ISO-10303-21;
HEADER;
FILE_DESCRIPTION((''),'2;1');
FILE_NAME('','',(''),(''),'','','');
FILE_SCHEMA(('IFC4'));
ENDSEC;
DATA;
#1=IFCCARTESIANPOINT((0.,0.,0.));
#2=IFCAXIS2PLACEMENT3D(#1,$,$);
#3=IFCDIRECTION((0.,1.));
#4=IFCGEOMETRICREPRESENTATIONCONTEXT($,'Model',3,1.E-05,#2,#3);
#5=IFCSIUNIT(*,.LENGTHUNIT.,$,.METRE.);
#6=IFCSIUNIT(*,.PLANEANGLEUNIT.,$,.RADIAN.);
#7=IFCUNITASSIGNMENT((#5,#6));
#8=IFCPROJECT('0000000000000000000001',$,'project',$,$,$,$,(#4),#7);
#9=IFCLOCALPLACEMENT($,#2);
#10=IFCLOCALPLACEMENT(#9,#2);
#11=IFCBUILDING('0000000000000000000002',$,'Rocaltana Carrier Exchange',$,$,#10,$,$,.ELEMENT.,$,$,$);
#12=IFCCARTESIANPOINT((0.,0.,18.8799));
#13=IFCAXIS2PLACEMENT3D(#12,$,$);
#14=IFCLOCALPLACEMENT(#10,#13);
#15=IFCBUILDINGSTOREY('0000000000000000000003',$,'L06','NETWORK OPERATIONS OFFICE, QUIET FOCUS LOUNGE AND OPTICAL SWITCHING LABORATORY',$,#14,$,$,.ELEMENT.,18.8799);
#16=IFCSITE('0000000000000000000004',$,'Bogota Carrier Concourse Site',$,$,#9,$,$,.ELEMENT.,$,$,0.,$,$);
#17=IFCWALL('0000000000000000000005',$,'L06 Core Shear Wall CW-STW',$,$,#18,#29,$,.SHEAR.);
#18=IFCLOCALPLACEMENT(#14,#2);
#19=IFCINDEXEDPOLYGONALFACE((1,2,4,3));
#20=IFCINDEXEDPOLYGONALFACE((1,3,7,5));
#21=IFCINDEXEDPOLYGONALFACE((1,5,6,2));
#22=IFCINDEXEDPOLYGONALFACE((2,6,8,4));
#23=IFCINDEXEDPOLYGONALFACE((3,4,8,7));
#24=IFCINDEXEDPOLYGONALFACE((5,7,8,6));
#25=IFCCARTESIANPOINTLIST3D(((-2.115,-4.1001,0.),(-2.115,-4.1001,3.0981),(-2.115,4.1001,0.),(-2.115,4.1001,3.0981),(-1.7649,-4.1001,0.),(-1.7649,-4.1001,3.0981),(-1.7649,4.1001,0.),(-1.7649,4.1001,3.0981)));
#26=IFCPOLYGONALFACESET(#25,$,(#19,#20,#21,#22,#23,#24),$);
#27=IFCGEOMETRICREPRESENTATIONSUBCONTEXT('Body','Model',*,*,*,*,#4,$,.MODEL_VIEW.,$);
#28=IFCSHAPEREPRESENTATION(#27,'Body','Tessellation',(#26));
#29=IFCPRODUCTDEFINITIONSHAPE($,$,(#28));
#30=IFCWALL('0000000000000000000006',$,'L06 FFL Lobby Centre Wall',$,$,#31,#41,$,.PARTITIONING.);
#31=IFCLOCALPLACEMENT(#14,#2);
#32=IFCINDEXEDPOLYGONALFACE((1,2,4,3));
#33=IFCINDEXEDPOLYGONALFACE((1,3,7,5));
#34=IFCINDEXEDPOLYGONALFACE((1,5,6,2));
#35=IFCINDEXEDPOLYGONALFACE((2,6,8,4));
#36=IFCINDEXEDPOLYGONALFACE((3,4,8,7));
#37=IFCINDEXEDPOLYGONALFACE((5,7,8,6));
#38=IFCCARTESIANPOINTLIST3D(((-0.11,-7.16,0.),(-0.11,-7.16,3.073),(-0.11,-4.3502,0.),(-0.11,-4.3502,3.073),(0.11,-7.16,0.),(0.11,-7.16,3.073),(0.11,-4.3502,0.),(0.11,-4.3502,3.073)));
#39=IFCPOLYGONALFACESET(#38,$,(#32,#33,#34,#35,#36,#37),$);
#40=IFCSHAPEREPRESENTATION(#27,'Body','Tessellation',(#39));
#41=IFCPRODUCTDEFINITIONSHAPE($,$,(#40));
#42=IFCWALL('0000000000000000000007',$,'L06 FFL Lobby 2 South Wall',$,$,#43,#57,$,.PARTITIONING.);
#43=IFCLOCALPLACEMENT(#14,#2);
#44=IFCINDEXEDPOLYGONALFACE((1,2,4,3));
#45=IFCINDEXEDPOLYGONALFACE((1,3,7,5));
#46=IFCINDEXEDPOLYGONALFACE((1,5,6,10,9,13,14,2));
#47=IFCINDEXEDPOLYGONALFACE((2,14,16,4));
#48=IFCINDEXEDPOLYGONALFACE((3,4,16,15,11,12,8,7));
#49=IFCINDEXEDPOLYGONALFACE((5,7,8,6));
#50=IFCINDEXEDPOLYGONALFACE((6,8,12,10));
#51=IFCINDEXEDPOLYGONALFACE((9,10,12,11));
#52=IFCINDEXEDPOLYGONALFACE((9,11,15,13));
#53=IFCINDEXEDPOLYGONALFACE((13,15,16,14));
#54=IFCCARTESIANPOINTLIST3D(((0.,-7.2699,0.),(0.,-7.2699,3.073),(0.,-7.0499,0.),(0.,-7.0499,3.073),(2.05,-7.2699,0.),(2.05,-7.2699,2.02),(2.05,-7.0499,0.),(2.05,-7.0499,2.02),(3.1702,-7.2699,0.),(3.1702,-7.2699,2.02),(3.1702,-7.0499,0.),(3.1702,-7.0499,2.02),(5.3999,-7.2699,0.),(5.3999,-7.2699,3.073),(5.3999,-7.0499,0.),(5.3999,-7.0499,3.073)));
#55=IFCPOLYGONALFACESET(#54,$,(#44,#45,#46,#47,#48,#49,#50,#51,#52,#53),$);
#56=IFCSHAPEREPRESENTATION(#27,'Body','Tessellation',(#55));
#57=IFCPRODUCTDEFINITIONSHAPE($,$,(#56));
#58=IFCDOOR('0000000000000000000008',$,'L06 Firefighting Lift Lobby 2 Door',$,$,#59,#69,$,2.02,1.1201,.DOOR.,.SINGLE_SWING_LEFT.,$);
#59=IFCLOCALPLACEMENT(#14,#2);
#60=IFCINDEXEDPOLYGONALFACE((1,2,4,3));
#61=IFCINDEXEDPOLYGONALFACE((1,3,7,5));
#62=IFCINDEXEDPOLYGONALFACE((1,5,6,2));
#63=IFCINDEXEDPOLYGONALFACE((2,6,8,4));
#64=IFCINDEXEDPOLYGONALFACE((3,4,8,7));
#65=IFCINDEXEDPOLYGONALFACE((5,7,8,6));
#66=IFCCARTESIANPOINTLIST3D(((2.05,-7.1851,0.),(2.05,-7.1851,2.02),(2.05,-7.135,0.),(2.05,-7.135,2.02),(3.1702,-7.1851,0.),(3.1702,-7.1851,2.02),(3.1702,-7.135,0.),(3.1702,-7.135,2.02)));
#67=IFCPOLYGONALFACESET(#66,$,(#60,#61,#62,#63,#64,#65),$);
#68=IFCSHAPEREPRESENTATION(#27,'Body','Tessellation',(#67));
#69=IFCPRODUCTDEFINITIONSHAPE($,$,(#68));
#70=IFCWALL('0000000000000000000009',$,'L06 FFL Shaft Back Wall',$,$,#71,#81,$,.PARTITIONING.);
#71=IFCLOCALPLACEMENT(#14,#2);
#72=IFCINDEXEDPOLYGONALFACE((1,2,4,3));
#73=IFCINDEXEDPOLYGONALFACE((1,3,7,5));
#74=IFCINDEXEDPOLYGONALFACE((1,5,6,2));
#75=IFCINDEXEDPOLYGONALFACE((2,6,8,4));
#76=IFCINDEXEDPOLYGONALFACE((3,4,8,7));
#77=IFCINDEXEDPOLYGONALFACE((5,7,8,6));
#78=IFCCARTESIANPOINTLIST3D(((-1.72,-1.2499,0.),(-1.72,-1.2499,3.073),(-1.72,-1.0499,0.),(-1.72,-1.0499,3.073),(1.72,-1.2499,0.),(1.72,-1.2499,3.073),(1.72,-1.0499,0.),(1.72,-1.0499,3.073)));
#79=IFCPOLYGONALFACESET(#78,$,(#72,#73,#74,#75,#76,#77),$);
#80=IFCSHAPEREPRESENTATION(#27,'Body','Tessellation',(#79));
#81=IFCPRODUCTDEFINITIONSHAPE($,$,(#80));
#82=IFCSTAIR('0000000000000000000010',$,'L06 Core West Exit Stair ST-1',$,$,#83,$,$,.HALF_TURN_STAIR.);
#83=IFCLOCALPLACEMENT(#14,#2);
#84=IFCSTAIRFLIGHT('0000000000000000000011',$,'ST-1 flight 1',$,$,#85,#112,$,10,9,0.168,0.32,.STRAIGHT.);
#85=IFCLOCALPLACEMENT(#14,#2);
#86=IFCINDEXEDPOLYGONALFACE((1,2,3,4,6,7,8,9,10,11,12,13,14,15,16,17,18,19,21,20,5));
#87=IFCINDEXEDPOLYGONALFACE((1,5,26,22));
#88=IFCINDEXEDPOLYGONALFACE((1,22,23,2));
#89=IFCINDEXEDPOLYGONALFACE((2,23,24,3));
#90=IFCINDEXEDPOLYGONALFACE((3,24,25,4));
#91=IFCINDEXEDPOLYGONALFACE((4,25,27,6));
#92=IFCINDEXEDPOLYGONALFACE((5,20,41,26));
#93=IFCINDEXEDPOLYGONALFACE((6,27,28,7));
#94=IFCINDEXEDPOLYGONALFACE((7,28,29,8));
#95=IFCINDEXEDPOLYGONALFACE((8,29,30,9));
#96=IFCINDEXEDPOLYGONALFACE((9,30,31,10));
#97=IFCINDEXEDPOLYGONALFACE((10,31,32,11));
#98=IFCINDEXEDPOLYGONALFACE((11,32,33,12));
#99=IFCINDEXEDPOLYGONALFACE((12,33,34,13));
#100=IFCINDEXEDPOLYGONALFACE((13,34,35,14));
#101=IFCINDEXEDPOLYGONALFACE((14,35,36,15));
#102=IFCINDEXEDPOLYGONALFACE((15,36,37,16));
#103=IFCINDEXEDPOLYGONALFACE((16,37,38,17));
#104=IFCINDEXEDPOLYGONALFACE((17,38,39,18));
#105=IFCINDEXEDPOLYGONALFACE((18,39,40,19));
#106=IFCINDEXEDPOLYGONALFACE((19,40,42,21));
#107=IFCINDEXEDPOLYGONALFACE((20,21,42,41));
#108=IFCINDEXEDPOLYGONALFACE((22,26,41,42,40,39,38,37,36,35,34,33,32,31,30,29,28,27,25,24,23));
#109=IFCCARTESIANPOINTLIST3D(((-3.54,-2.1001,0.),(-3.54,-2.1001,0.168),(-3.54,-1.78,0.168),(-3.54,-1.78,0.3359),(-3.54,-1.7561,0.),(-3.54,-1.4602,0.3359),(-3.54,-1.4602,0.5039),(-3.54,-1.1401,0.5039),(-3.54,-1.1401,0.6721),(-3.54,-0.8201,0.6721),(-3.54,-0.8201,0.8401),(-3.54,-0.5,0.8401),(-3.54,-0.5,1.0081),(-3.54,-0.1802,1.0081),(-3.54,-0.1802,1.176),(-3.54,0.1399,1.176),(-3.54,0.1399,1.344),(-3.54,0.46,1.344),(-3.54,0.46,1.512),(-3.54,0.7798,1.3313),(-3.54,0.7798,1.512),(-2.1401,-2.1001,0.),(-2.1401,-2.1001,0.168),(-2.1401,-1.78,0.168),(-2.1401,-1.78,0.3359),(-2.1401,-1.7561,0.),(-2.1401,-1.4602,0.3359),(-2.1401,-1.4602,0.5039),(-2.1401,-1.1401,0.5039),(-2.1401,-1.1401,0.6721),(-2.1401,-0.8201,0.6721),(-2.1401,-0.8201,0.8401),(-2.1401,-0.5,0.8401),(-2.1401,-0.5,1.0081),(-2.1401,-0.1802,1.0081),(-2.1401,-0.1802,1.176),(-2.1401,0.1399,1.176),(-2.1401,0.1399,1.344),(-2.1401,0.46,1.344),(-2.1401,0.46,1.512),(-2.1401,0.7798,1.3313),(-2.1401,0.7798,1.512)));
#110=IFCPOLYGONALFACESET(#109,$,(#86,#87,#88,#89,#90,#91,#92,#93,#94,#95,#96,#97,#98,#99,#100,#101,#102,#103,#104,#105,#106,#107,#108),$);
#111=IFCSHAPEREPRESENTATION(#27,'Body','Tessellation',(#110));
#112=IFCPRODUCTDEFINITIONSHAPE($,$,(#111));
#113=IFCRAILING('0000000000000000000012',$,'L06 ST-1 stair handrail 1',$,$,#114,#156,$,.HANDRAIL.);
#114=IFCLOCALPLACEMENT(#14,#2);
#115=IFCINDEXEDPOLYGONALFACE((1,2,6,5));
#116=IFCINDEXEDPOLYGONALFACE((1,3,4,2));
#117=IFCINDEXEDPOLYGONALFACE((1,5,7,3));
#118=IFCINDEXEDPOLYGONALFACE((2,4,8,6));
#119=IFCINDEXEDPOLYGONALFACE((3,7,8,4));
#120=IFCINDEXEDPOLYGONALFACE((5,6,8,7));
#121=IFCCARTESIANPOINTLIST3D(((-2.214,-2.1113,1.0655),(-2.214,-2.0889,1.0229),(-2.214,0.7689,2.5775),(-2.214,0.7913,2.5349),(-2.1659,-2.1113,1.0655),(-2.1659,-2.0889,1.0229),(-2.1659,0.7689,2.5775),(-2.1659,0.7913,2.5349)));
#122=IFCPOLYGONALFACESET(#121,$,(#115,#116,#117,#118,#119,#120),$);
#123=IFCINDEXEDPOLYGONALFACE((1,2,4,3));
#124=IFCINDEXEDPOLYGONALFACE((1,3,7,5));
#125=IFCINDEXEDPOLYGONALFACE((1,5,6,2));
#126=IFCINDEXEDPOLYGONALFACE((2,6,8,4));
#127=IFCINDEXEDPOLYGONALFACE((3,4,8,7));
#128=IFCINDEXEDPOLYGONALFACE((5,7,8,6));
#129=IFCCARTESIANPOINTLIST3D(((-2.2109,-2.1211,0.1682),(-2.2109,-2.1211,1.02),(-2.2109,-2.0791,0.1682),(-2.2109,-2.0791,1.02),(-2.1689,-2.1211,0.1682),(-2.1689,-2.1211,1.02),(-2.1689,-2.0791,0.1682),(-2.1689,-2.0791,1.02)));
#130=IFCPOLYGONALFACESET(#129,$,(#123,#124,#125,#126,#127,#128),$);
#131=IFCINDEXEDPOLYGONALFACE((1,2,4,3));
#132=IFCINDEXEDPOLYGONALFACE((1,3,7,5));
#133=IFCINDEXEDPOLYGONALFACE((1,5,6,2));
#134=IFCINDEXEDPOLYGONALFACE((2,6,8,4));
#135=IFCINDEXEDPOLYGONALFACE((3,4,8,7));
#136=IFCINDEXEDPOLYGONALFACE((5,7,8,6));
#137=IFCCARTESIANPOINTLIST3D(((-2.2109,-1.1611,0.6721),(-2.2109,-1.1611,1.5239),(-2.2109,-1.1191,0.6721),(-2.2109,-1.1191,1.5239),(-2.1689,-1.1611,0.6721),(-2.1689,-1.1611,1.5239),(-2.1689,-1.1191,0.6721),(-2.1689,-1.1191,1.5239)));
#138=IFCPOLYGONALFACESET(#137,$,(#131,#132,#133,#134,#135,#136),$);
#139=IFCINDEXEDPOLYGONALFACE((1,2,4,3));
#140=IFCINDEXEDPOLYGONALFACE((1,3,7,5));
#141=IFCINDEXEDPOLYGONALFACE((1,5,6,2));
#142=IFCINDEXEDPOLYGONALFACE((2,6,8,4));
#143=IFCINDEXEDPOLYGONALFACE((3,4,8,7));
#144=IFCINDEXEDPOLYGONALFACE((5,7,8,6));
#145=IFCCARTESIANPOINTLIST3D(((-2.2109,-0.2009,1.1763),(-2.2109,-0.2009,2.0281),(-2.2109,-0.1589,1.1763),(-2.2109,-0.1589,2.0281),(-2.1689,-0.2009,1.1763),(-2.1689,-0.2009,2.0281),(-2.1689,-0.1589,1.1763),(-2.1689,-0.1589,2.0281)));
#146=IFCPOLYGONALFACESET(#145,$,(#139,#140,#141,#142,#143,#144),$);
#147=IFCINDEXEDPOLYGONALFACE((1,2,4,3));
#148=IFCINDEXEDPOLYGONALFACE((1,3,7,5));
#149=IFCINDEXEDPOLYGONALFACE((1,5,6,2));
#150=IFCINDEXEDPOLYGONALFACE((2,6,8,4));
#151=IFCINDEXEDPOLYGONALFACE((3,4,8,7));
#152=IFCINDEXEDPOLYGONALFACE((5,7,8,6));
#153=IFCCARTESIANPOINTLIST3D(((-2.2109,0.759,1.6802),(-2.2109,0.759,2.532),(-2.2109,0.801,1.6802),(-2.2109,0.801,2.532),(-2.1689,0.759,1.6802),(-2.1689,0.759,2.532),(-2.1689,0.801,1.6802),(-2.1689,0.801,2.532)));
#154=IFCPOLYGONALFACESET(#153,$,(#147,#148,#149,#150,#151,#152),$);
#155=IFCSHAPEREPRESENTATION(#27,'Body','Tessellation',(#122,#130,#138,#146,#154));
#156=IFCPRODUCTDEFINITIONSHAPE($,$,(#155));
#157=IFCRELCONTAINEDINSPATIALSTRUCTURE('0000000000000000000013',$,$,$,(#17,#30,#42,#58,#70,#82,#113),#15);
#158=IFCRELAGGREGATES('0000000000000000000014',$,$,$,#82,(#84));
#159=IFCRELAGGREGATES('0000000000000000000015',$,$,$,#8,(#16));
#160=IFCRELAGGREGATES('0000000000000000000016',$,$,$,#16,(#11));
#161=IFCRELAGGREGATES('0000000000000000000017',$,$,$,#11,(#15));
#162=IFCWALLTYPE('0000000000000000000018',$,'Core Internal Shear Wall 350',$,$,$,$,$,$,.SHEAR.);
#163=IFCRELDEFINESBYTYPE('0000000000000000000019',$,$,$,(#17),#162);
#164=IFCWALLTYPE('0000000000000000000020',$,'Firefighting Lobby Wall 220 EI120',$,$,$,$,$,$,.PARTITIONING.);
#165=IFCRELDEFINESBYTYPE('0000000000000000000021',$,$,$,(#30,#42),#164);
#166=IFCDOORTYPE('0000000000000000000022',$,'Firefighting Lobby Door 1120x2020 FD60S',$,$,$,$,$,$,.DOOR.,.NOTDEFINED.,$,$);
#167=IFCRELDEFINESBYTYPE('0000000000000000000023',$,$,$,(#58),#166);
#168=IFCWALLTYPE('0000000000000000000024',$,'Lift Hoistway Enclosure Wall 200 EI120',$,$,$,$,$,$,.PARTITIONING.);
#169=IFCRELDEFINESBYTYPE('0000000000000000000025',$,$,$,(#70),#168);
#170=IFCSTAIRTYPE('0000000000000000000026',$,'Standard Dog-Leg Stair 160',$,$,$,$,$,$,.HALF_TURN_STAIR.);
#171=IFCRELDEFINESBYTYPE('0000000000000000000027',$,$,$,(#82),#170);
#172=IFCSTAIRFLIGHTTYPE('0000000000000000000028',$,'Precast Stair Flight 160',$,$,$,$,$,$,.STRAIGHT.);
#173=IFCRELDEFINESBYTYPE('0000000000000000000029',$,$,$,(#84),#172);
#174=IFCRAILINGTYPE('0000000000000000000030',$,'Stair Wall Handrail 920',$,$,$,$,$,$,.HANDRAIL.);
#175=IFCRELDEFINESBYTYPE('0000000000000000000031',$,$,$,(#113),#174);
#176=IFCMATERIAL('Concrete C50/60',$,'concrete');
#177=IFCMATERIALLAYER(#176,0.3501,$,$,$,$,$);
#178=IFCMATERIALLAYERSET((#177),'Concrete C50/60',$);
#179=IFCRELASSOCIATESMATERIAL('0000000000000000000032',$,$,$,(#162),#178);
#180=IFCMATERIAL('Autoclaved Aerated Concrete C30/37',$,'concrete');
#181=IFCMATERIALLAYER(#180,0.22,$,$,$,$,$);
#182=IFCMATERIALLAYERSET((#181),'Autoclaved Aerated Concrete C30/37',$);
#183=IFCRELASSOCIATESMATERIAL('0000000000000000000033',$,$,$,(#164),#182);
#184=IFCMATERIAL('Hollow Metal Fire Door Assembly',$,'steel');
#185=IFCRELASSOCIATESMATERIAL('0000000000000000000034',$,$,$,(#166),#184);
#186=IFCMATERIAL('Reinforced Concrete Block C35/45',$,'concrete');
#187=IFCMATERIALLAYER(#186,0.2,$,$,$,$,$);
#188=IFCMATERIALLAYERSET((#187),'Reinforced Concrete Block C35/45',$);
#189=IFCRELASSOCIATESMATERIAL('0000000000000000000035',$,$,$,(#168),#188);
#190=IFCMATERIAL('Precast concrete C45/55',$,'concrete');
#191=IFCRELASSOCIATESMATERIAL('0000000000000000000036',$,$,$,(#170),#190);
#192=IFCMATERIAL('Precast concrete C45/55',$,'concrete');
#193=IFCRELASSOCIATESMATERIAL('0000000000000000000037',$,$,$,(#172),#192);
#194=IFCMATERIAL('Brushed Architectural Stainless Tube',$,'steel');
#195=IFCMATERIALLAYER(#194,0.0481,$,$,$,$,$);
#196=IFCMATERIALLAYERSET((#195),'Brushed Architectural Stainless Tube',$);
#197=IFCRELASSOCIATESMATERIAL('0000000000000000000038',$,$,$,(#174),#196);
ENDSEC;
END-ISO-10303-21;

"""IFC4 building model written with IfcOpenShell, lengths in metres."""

from ifc_helpers import new_model, si_unit, direction, frame, frame_2d, origin, origin_2d, place, context, subcontext, project, spatial, polyline, rectangle, outline, extrude, material, layer, layer_set, type_object, element, fill, aggregate, save


model = new_model("IFC4")

# Units and contexts
model_context = context("Model", 3, precision=1e-05, world=origin(), true_north=direction((0.0, 1.0)))
body_context = subcontext(model_context, "Body", "Model", "MODEL_VIEW")
ifc_project = project(units=[si_unit("LENGTHUNIT", "METRE"), si_unit("PLANEANGLEUNIT", "RADIAN")], contexts=[model_context])

# Site, building, storey
site_placement = place(None, origin())
site = spatial("IfcSite", under=ifc_project, at=site_placement, Name="Bogota Carrier Concourse Site", CompositionType="ELEMENT", RefElevation=0.0)
building_placement = place(site_placement, origin())
building = spatial("IfcBuilding", under=site, at=building_placement, Name="Rocaltana Carrier Exchange", CompositionType="ELEMENT")
storey_placement = place(building_placement, frame((0.0, 0.0, 18.8799)))
storey = spatial("IfcBuildingStorey", under=building, at=storey_placement, Name="L06", Description="NETWORK OPERATIONS OFFICE, QUIET FOCUS LOUNGE AND OPTICAL SWITCHING LABORATORY", CompositionType="ELEMENT", Elevation=18.8799)

# Walls
ifc_material_1 = material(Name="Concrete C50/60", Category="concrete")
ifc_layer_1 = layer(ifc_material_1, 0.3501)
ifc_layer_set_1 = layer_set([ifc_layer_1], Name="Concrete C50/60")
wall_type_1 = type_object("IfcWallType", Name="Core Internal Shear Wall 350", PredefinedType="SHEAR", material=ifc_layer_set_1)
wall_1_placement = place(storey_placement, frame((-1.9399, -4.1001, 0.0), z_axis=(0.0, 0.0, 1.0), x_axis=(0.0, 1.0, 0.0)))
element("IfcWall", 1, at=wall_1_placement, inside=storey, type_object=wall_type_1, Name="L06 Core Shear Wall CW-STW", PredefinedType="SHEAR", context=body_context, shape_type="SweptSolid", body=[
    extrude(rectangle(XDim=8.2002, YDim=0.3501, at=frame_2d((4.1001, 0.0))), origin(), (0.0, 0.0, 1.0), 3.0981),
])
ifc_material_2 = material(Name="Autoclaved Aerated Concrete C30/37", Category="concrete")
ifc_layer_2 = layer(ifc_material_2, 0.22)
ifc_layer_set_2 = layer_set([ifc_layer_2], Name="Autoclaved Aerated Concrete C30/37")
wall_type_2 = type_object("IfcWallType", Name="Firefighting Lobby Wall 220 EI120", PredefinedType="PARTITIONING", material=ifc_layer_set_2)
wall_2_placement = place(storey_placement, frame((0.0, -7.1599, 0.0), z_axis=(0.0, 0.0, 1.0), x_axis=(0.0, 1.0, 0.0)))
element("IfcWall", 2, at=wall_2_placement, inside=storey, type_object=wall_type_2, Name="L06 FFL Lobby Centre Wall", PredefinedType="PARTITIONING", context=body_context, shape_type="SweptSolid", body=[
    extrude(rectangle(XDim=2.8098, YDim=0.22, at=frame_2d((1.4048, 0.0))), origin(), (0.0, 0.0, 1.0), 3.073),
])

# Wall, opening, door
wall_3_placement = place(storey_placement, frame((0.0, -7.1599, 0.0), z_axis=(0.0, 0.0, 1.0), x_axis=(1.0, 0.0, 0.0)))
wall_3 = element("IfcWall", 3, at=wall_3_placement, inside=storey, type_object=wall_type_2, Name="L06 FFL Lobby 2 South Wall", PredefinedType="PARTITIONING", context=body_context, shape_type="SweptSolid", body=[
    extrude(rectangle(XDim=5.3999, YDim=0.22, at=frame_2d((2.7, 0.0))), origin(), (0.0, 0.0, 1.0), 3.073),
])
opening_placement = place(wall_3_placement, frame((2.05, 0.0, 0.0)))
opening = element("IfcOpeningElement", 4, at=opening_placement, cuts=wall_3, PredefinedType="OPENING", context=body_context, shape_type="SweptSolid", body=[
    extrude(rectangle(XDim=1.1201, YDim=2.02, at=frame_2d((0.5601, 1.01))), frame((0.0, 0.1199, 0.0), z_axis=(0.0, -1.0, 0.0), x_axis=(1.0, 0.0, 0.0)), (0.0, 0.0, 1.0), 0.24),
])
ifc_material_3 = material(Name="Hollow Metal Fire Door Assembly", Category="steel")
door_type = type_object("IfcDoorType", Name="Firefighting Lobby Door 1120x2020 FD60S", OperationType="NOTDEFINED", PredefinedType="DOOR", material=ifc_material_3)
door_placement = place(opening_placement, origin())
door = element("IfcDoor", 5, at=door_placement, inside=storey, type_object=door_type, Name="L06 Firefighting Lift Lobby 2 Door", OperationType="SINGLE_SWING_LEFT", OverallHeight=2.02, OverallWidth=1.1201, PredefinedType="DOOR", context=body_context, shape_type="SweptSolid", body=[
    extrude(rectangle(XDim=1.1201, YDim=2.02, at=frame_2d((0.5601, 1.01))), frame((0.0, 0.0249, 0.0), z_axis=(0.0, -1.0, 0.0), x_axis=(1.0, 0.0, 0.0)), (0.0, 0.0, 1.0), 0.05),
])
fill(opening, door)

# Wall
ifc_material_4 = material(Name="Reinforced Concrete Block C35/45", Category="concrete")
ifc_layer_3 = layer(ifc_material_4, 0.2)
ifc_layer_set_3 = layer_set([ifc_layer_3], Name="Reinforced Concrete Block C35/45")
wall_type_3 = type_object("IfcWallType", Name="Lift Hoistway Enclosure Wall 200 EI120", PredefinedType="PARTITIONING", material=ifc_layer_set_3)
wall_4_placement = place(storey_placement, frame((-1.72, -1.1499, 0.0), z_axis=(0.0, 0.0, 1.0), x_axis=(1.0, 0.0, 0.0)))
element("IfcWall", 6, at=wall_4_placement, inside=storey, type_object=wall_type_3, Name="L06 FFL Shaft Back Wall", PredefinedType="PARTITIONING", context=body_context, shape_type="SweptSolid", body=[
    extrude(rectangle(XDim=3.4399, YDim=0.2, at=frame_2d((1.72, 0.0))), origin(), (0.0, 0.0, 1.0), 3.073),
])

# Stair, stair flight
ifc_material_5 = material(Name="Precast concrete C45/55", Category="concrete")
stair_type = type_object("IfcStairType", Name="Standard Dog-Leg Stair 160", PredefinedType="HALF_TURN_STAIR", material=ifc_material_5)
stair_placement = place(storey_placement, origin())
stair = element("IfcStair", 7, at=stair_placement, inside=storey, type_object=stair_type, Name="L06 Core West Exit Stair ST-1", PredefinedType="HALF_TURN_STAIR")
ifc_material_6 = material(Name="Precast concrete C45/55", Category="concrete")
stair_flight_type = type_object("IfcStairFlightType", Name="Precast Stair Flight 160", PredefinedType="STRAIGHT", material=ifc_material_6)
stair_flight_placement = place(storey_placement, frame((-2.8401, -2.1001, 0.0), z_axis=(0.0, 0.0, 1.0), x_axis=(0.0, 1.0, 0.0)))
stair_flight = element("IfcStairFlight", 8, at=stair_flight_placement, type_object=stair_flight_type, Name="ST-1 flight 1", NumberOfRisers=10, NumberOfTreads=9, PredefinedType="STRAIGHT", RiserHeight=0.168, TreadLength=0.32, context=body_context, shape_type="SweptSolid", body=[
    extrude(outline(polyline([(0.0, 0.0), (0.0, 0.168), (0.3201, 0.168), (0.3201, 0.3359), (0.6399, 0.3359), (0.6399, 0.5039), (0.96, 0.5039), (0.96, 0.6721), (1.28, 0.6721), (1.28, 0.8401), (1.6001, 0.8401), (1.6001, 1.0081), (1.9199, 1.0081), (1.9199, 1.176), (2.24, 1.176), (2.24, 1.344), (2.5601, 1.344), (2.5601, 1.512), (2.8799, 1.512), (2.8799, 1.6799), (2.8799, 1.3313), (0.344, 0.0), (0.0, 0.0)])), frame((0.0, 0.7, 0.0), z_axis=(0.0, -1.0, 0.0), x_axis=(1.0, 0.0, 0.0)), (0.0, 0.0, 1.0), 1.3999),
])
aggregate(stair, [stair_flight])

# Railing
ifc_material_7 = material(Name="Brushed Architectural Stainless Tube", Category="steel")
ifc_layer_4 = layer(ifc_material_7, 0.0481)
ifc_layer_set_4 = layer_set([ifc_layer_4], Name="Brushed Architectural Stainless Tube")
railing_type_1 = type_object("IfcRailingType", Name="Stair Wall Handrail 920", PredefinedType="HANDRAIL", material=ifc_layer_set_4)
railing_1_placement = place(storey_placement, frame((-2.1899, -2.1001, 0.1682)))
element("IfcRailing", 9, at=railing_1_placement, inside=storey, type_object=railing_type_1, Name="L06 ST-1 stair handrail 1", PredefinedType="HANDRAIL", context=body_context, shape_type="SweptSolid", body=[
    extrude(rectangle(XDim=0.0481, YDim=0.0481, at=origin_2d()), frame((0.0, 0.0, 0.876), z_axis=(0.0, 0.885411, 0.464809), x_axis=(-1.0, 0.0, 0.0)), (0.0, 0.0, 1.0), 3.2529),
    extrude(rectangle(XDim=0.042, YDim=0.042, at=origin_2d()), origin(), (0.0, 0.0, 1.0), 0.8518),
    extrude(rectangle(XDim=0.042, YDim=0.042, at=origin_2d()), frame((0.0, 0.96, 0.5039)), (0.0, 0.0, 1.0), 0.8518),
    extrude(rectangle(XDim=0.042, YDim=0.042, at=origin_2d()), frame((0.0, 1.9202, 1.0081)), (0.0, 0.0, 1.0), 0.8518),
    extrude(rectangle(XDim=0.042, YDim=0.042, at=origin_2d()), frame((0.0, 2.8801, 1.512)), (0.0, 0.0, 1.0), 0.8518),
])

save(model, "model.ifc")
